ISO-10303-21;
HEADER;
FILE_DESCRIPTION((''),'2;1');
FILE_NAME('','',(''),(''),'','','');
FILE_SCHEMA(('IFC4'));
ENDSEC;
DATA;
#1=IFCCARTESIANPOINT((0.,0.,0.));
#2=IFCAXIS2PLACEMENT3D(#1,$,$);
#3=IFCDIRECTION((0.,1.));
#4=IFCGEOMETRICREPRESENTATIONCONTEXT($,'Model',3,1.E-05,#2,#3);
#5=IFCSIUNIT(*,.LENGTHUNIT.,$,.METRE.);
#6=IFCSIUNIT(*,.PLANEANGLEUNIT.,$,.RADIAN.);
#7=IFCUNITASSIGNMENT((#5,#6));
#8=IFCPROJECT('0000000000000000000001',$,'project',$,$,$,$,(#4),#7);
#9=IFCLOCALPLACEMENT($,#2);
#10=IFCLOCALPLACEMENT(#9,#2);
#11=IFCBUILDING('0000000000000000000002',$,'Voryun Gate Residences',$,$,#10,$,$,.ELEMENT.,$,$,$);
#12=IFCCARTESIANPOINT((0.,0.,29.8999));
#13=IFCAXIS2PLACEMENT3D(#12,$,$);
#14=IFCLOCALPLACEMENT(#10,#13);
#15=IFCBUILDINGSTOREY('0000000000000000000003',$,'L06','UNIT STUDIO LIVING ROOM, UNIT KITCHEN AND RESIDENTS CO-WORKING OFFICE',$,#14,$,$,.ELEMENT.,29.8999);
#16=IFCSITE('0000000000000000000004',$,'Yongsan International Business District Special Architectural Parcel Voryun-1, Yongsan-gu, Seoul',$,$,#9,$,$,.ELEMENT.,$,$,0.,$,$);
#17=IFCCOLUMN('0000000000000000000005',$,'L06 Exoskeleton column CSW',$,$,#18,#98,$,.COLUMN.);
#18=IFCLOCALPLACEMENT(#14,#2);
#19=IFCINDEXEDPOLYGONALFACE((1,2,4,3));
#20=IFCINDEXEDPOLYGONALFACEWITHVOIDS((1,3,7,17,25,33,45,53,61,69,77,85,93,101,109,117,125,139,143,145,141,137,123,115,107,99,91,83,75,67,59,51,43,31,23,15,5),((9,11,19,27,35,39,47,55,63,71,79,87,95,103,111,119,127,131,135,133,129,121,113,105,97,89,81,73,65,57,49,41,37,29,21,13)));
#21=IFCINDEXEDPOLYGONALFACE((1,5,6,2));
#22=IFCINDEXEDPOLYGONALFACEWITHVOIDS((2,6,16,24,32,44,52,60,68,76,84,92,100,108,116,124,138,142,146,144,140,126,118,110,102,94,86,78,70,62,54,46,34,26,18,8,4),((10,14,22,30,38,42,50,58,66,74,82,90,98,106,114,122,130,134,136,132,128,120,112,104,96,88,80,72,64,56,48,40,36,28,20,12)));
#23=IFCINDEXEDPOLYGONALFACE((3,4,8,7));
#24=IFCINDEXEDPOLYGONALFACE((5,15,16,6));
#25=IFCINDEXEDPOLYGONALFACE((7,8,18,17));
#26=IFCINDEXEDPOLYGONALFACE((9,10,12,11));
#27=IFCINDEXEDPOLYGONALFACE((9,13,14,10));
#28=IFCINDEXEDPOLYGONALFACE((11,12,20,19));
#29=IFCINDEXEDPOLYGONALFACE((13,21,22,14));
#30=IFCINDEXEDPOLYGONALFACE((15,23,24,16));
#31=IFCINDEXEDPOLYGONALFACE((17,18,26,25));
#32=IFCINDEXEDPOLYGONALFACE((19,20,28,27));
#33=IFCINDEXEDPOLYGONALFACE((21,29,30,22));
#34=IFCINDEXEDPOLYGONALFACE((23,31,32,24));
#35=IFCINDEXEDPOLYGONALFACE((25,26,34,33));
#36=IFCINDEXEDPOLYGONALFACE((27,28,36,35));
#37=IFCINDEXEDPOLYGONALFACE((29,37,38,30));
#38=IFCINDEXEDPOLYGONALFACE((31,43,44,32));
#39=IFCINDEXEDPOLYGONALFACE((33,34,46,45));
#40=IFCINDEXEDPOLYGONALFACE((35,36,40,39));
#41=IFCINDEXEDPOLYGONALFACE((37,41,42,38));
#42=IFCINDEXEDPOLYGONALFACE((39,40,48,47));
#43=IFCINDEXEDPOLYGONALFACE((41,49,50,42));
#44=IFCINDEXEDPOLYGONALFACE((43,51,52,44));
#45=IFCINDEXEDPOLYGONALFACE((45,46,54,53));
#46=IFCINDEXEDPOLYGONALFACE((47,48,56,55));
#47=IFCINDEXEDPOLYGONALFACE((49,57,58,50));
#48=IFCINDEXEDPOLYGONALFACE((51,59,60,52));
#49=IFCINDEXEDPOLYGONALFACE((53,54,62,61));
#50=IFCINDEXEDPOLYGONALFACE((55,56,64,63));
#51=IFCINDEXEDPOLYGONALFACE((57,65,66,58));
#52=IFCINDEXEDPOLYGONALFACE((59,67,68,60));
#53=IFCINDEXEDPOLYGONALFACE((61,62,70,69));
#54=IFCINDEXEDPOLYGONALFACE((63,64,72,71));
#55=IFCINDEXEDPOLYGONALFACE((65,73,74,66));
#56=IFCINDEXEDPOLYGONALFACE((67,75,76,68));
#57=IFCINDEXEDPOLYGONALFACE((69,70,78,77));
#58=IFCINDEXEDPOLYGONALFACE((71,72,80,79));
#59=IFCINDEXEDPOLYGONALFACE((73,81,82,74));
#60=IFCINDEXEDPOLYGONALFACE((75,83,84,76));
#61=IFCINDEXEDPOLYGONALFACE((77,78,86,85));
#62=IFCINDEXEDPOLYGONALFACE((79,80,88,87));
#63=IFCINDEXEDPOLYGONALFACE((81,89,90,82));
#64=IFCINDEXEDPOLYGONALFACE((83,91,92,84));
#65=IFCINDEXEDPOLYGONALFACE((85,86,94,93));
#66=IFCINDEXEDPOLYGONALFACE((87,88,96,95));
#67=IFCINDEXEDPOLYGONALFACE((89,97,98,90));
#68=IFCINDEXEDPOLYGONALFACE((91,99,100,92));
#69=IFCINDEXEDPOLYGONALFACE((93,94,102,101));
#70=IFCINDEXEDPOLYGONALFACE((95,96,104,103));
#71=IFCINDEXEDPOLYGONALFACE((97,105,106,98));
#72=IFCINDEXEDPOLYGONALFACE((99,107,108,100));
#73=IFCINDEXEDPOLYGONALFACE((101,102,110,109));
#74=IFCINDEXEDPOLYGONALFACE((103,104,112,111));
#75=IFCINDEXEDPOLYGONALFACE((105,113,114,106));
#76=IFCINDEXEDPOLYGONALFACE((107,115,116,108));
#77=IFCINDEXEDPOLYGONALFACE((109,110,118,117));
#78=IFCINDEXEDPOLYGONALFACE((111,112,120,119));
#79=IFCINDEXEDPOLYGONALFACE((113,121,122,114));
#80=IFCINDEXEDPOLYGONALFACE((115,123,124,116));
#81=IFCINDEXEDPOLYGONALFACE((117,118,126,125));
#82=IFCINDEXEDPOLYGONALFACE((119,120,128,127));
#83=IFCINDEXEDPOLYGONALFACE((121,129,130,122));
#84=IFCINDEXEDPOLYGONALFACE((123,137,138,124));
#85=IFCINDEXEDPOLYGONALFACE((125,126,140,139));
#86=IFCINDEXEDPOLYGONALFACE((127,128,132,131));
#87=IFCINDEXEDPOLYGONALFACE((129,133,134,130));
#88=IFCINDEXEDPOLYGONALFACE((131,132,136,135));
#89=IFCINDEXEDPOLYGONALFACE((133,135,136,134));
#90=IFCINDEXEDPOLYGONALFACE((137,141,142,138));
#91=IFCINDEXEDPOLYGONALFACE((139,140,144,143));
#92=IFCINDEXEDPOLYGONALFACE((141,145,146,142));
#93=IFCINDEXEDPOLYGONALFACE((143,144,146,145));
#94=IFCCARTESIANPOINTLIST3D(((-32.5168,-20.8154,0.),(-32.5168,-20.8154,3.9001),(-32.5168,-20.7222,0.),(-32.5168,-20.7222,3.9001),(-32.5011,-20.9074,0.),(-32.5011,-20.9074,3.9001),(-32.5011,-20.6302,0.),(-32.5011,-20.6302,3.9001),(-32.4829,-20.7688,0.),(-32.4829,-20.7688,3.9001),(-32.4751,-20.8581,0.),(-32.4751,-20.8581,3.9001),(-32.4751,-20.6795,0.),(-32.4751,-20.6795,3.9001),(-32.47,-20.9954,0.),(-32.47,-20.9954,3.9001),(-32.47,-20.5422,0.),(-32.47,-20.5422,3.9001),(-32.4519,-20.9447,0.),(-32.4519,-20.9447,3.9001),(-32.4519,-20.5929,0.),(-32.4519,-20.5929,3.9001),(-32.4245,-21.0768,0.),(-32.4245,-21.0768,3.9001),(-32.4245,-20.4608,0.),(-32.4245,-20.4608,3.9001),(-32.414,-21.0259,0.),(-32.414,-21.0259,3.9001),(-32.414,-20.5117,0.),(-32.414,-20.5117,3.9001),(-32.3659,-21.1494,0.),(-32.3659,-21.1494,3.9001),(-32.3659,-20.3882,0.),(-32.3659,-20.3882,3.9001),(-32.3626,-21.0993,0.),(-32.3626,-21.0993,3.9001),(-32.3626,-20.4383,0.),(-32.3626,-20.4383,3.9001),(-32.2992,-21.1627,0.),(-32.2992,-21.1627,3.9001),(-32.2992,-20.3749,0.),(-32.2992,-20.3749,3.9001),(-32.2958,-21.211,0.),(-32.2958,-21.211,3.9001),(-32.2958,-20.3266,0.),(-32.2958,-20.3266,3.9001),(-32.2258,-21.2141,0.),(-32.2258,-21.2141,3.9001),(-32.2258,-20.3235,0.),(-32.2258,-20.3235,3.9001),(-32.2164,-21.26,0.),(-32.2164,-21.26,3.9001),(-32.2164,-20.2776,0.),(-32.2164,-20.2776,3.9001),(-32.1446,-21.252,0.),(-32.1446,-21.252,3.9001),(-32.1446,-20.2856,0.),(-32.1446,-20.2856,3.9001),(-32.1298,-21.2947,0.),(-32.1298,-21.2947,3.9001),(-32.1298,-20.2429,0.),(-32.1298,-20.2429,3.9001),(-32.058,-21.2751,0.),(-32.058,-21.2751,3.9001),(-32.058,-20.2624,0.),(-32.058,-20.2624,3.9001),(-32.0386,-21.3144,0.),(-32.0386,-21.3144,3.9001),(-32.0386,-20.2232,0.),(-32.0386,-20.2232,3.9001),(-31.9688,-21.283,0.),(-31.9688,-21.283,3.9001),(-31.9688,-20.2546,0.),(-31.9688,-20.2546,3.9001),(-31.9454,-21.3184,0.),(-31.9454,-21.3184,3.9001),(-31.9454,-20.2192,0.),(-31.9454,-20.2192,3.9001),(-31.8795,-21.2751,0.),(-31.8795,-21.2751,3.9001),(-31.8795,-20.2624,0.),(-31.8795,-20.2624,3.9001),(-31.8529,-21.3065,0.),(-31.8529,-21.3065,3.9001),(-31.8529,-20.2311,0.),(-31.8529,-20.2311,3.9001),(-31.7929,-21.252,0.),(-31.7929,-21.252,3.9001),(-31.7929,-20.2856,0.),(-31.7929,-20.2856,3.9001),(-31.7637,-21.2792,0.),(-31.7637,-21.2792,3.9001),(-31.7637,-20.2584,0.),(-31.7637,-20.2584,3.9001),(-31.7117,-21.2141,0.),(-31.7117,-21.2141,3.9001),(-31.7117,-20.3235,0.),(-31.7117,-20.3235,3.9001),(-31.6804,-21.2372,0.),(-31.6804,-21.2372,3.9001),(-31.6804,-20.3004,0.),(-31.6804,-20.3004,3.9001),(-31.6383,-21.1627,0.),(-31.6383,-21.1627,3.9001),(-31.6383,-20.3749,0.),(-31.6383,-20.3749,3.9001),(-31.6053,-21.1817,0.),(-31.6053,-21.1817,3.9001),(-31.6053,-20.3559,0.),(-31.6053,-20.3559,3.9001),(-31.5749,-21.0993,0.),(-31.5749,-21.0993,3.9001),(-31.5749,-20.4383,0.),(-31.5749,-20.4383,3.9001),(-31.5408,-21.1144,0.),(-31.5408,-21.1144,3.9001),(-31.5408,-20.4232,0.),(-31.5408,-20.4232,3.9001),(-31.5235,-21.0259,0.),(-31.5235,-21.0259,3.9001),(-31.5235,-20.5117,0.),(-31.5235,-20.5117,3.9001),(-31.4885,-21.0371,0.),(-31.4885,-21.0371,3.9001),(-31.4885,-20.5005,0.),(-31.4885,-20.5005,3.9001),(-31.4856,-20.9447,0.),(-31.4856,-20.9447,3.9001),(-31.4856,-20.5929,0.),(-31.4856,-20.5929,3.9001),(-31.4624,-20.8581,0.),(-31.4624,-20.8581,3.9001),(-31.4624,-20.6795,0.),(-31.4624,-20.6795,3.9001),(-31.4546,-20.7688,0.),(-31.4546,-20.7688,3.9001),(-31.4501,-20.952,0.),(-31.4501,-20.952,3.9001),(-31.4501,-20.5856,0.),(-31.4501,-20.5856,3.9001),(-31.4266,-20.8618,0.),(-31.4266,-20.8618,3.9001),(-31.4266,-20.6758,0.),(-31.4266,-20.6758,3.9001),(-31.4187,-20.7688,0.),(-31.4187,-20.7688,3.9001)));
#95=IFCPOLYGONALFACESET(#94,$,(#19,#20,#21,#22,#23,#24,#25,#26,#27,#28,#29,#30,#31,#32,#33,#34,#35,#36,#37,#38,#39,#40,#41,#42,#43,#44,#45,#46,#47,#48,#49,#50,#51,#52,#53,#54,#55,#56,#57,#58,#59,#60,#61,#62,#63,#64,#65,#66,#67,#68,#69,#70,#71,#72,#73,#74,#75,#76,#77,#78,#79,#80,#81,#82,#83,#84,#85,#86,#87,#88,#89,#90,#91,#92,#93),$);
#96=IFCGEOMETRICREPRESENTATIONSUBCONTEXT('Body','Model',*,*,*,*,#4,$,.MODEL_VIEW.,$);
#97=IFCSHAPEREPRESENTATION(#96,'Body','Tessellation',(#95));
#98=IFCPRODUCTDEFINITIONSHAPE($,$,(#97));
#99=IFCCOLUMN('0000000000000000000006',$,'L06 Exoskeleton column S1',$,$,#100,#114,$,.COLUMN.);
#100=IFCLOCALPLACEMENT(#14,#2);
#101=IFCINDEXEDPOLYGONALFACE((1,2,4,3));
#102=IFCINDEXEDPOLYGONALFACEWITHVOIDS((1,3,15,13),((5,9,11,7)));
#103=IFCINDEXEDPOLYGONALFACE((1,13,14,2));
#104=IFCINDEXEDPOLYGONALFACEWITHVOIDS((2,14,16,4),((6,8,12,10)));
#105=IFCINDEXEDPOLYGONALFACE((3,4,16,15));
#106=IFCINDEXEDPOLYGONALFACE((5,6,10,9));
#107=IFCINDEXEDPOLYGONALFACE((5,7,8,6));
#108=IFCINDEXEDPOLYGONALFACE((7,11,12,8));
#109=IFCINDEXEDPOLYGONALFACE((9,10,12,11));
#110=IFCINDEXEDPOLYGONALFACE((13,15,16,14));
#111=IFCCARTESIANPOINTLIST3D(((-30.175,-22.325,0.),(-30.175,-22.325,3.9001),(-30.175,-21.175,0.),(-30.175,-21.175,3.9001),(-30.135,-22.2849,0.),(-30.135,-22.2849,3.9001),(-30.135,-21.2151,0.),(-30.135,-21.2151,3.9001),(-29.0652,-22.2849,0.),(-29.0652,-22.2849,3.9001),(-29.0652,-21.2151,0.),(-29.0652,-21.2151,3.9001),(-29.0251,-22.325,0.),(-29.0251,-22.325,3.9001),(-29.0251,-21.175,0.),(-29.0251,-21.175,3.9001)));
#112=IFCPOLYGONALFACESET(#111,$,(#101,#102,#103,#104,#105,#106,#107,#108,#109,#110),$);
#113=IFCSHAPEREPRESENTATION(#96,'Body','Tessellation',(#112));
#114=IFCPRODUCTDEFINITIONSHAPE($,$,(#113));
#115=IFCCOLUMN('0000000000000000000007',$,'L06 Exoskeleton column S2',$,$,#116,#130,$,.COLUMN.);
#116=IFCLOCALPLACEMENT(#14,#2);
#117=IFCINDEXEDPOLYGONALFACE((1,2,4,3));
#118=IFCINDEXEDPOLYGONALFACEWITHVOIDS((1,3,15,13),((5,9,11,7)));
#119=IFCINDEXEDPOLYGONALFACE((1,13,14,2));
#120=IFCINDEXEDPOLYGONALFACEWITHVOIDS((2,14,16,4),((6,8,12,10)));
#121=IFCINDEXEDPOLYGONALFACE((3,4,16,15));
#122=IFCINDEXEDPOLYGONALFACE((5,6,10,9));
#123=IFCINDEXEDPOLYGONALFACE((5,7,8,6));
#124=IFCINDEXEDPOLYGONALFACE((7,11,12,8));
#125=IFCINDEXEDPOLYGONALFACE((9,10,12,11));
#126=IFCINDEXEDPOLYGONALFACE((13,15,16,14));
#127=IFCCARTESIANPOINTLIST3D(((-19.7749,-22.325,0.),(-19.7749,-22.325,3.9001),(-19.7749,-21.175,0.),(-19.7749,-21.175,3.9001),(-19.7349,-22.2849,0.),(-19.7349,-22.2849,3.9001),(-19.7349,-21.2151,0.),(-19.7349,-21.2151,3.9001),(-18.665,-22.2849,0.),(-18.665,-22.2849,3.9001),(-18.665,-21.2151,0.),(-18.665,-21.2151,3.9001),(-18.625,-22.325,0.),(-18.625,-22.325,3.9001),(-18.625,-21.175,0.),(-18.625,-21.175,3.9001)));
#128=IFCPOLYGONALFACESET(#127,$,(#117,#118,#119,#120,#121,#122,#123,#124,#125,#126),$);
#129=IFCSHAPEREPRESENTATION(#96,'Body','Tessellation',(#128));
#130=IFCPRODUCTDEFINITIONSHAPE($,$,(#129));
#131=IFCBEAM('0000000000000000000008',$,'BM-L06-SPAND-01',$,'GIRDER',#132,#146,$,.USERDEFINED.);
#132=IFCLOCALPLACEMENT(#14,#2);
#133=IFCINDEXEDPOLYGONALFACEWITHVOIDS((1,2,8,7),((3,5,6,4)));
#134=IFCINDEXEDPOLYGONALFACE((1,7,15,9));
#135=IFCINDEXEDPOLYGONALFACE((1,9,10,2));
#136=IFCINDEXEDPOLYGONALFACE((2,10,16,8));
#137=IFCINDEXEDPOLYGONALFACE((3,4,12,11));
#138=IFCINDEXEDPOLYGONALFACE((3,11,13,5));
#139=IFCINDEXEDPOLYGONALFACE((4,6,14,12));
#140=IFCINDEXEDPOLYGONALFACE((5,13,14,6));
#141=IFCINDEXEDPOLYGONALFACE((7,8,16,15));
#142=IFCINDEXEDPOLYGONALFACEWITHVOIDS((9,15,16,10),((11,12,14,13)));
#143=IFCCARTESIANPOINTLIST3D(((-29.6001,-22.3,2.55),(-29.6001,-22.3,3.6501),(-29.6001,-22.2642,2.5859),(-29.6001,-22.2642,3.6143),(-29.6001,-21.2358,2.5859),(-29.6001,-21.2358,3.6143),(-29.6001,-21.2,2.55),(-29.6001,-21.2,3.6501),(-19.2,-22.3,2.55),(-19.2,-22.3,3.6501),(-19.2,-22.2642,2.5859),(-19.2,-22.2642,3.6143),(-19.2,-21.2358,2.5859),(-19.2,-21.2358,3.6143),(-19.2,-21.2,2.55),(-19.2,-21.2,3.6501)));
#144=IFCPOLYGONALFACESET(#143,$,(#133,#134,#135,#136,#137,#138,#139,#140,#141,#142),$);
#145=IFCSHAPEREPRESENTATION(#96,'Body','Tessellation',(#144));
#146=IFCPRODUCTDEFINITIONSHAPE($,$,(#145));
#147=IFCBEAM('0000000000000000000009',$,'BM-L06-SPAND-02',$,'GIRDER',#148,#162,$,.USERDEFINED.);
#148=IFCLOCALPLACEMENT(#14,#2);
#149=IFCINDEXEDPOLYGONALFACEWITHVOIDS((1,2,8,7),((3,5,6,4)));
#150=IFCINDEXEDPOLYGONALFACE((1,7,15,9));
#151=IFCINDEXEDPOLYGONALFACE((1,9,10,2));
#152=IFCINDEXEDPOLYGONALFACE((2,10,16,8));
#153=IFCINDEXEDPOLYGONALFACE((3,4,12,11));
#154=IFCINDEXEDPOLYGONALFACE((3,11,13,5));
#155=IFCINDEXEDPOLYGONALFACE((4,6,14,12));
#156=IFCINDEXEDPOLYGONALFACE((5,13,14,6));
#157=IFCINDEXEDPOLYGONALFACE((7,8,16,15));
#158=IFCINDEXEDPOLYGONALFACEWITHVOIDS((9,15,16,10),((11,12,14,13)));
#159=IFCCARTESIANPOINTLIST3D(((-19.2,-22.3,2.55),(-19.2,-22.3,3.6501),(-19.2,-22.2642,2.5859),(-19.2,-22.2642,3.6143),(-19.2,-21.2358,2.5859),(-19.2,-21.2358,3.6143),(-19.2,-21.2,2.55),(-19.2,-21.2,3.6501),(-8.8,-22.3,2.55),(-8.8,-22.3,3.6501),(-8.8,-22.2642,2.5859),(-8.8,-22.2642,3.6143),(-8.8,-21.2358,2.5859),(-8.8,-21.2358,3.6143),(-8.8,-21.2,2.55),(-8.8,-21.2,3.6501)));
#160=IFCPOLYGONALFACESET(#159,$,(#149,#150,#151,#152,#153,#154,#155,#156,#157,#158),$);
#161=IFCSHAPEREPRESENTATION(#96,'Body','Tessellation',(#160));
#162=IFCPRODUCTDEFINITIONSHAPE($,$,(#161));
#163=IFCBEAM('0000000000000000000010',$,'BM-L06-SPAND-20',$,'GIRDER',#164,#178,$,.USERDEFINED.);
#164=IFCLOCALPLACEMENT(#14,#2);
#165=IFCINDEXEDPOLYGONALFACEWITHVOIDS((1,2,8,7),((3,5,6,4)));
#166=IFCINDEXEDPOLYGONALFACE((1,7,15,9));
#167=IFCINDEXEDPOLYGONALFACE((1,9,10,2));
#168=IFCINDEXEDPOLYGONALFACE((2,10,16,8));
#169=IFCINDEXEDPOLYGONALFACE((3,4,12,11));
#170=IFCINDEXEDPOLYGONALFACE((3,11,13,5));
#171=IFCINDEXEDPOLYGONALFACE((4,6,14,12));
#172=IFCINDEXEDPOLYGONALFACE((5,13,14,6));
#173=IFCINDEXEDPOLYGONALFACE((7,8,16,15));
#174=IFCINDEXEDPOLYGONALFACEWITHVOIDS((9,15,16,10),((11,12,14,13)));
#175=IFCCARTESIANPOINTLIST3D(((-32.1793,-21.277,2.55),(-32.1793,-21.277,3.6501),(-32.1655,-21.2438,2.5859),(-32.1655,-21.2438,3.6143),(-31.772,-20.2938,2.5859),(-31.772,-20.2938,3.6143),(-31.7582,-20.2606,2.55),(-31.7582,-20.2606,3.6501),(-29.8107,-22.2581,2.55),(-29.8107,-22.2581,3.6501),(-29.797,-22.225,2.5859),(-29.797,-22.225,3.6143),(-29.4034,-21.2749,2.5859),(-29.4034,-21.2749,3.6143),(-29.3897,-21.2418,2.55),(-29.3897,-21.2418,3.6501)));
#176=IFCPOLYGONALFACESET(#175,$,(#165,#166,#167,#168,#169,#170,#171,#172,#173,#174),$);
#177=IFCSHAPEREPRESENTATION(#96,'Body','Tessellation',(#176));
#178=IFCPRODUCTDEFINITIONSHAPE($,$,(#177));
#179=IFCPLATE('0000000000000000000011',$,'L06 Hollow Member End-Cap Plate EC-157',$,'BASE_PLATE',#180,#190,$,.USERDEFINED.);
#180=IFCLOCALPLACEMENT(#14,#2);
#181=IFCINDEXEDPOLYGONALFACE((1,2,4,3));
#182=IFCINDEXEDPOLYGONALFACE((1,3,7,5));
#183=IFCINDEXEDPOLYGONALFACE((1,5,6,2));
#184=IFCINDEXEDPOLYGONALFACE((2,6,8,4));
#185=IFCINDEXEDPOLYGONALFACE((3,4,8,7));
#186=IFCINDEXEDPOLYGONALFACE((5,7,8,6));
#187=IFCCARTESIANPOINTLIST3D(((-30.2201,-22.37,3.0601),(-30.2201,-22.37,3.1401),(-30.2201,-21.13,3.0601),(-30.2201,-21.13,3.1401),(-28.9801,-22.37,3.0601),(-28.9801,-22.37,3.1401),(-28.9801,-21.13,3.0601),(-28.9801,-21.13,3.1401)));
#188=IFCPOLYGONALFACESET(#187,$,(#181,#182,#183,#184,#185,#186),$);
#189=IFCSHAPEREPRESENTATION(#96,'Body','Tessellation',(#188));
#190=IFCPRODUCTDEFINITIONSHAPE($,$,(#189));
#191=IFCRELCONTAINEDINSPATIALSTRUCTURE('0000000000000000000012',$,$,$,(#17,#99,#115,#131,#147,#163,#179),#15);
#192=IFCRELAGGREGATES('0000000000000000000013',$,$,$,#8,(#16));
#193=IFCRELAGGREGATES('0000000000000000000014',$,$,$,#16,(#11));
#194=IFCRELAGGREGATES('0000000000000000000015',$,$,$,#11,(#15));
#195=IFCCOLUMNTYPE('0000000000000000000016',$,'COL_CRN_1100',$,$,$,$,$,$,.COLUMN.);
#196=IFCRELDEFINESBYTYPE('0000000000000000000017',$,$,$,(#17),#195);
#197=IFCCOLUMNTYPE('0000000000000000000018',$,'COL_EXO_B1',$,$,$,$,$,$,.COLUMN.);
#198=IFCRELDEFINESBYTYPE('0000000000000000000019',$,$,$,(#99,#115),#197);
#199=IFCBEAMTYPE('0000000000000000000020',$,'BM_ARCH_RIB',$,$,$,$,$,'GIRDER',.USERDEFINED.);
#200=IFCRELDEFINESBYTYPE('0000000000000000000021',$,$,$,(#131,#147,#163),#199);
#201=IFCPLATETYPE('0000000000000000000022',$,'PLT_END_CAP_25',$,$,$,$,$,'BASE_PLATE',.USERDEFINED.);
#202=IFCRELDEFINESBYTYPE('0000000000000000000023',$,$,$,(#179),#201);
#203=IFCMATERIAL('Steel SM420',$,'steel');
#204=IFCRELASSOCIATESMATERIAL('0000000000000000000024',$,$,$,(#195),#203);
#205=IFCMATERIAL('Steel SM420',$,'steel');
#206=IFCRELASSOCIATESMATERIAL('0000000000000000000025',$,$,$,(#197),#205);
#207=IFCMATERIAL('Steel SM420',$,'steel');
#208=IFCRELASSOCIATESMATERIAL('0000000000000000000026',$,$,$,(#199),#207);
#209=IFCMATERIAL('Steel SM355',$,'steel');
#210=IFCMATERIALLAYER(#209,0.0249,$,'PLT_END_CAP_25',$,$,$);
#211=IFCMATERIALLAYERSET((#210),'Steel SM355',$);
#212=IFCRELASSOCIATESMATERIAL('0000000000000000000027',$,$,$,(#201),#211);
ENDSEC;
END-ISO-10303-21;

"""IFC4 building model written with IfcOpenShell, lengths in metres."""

from ifc_helpers import new_model, si_unit, direction, frame, origin, origin_2d, place, context, subcontext, project, spatial, rectangle, hollow_rectangle, hollow_circle, extrude, material, layer, layer_set, material_profile, profile_set, type_object, element, save


model = new_model("IFC4")

# Units and contexts
model_context = context("Model", 3, precision=1e-05, world=origin(), true_north=direction((0.0, 1.0)))
body_context = subcontext(model_context, "Body", "Model", "MODEL_VIEW")
ifc_project = project(units=[si_unit("LENGTHUNIT", "METRE"), si_unit("PLANEANGLEUNIT", "RADIAN")], contexts=[model_context])

# Site, building, storey
site_placement = place(None, origin())
site = spatial("IfcSite", under=ifc_project, at=site_placement, Name="Yongsan International Business District Special Architectural Parcel Voryun-1, Yongsan-gu, Seoul", CompositionType="ELEMENT", RefElevation=0.0)
building_placement = place(site_placement, origin())
building = spatial("IfcBuilding", under=site, at=building_placement, Name="Voryun Gate Residences", CompositionType="ELEMENT")
storey_placement = place(building_placement, frame((0.0, 0.0, 29.8999)))
storey = spatial("IfcBuildingStorey", under=building, at=storey_placement, Name="L06", Description="UNIT STUDIO LIVING ROOM, UNIT KITCHEN AND RESIDENTS CO-WORKING OFFICE", CompositionType="ELEMENT", Elevation=29.8999)

# Columns
ifc_material_1 = material(Name="Steel SM420", Category="steel")
ifc_material_profile_1 = material_profile(ifc_material_1, hollow_circle(Radius=0.55, WallThickness=0.0359, at=origin_2d()), Name="CHS-1100x36")
ifc_profile_set_1 = profile_set([ifc_material_profile_1], Name="Steel SM420")
column_type_1 = type_object("IfcColumnType", Name="COL_CRN_1100", PredefinedType="COLUMN", material=ifc_profile_set_1)
column_placement = place(storey_placement, frame((-31.9688, -20.7688, 0.0), z_axis=(0.0, 0.0, 1.0), x_axis=(1.0, 0.0, 0.0)))
element("IfcColumn", 1, at=column_placement, inside=storey, type_object=column_type_1, Name="L06 Exoskeleton column CSW", PredefinedType="COLUMN", context=body_context, shape_type="SweptSolid", body=[
    extrude(hollow_circle(Radius=0.55, WallThickness=0.0359, at=origin_2d()), origin(), (0.0, 0.0, 1.0), 3.9001),
])
ifc_material_2 = material(Name="Steel SM420", Category="steel")
ifc_material_profile_2 = material_profile(ifc_material_2, hollow_rectangle(XDim=1.1499, YDim=1.1499, WallThickness=0.04, at=origin_2d()), Name="BOX-1150x1150x40")
ifc_profile_set_2 = profile_set([ifc_material_profile_2], Name="Steel SM420")
column_type_2 = type_object("IfcColumnType", Name="COL_EXO_B1", PredefinedType="COLUMN", material=ifc_profile_set_2)
for number, where, z_axis, x_axis, name in (
    (2, (-29.6001, -21.75, 0.0), (0.0, 0.0, 1.0), (1.0, 0.0, 0.0), "L06 Exoskeleton column S1"),
    (3, (-19.2, -21.75, 0.0), (0.0, 0.0, 1.0), (1.0, 0.0, 0.0), "L06 Exoskeleton column S2"),
):
    element("IfcColumn", number, at=place(storey_placement, frame(where, z_axis=z_axis, x_axis=x_axis)), inside=storey, type_object=column_type_2, Name=name, PredefinedType="COLUMN", context=body_context, shape_type="SweptSolid", body=[
        extrude(hollow_rectangle(XDim=1.1499, YDim=1.1499, WallThickness=0.04, at=origin_2d()), origin(), (0.0, 0.0, 1.0), 3.9001),
    ])

# Beams
ifc_material_3 = material(Name="Steel SM420", Category="steel")
ifc_material_profile_3 = material_profile(ifc_material_3, hollow_rectangle(XDim=1.1001, YDim=1.1001, WallThickness=0.0359, at=origin_2d()), Name="BOX-1100x1100x36")
ifc_profile_set_3 = profile_set([ifc_material_profile_3], Name="Steel SM420")
beam_type = type_object("IfcBeamType", Name="BM_ARCH_RIB", ElementType="GIRDER", PredefinedType="USERDEFINED", material=ifc_profile_set_3)
beam_1_placement = place(storey_placement, frame((-29.6001, -21.75, 3.1001), z_axis=(1.0, 0.0, 0.0), x_axis=(0.0, 1.0, 0.0)))
element("IfcBeam", 4, at=beam_1_placement, inside=storey, type_object=beam_type, Name="BM-L06-SPAND-01", ObjectType="GIRDER", PredefinedType="USERDEFINED", context=body_context, shape_type="SweptSolid", body=[
    extrude(hollow_rectangle(XDim=1.1001, YDim=1.1001, WallThickness=0.0359, at=origin_2d()), origin(), (0.0, 0.0, 1.0), 10.4001),
])
beam_2_placement = place(storey_placement, frame((-19.2, -21.75, 3.1001), z_axis=(1.0, 0.0, 0.0), x_axis=(0.0, 1.0, 0.0)))
element("IfcBeam", 5, at=beam_2_placement, inside=storey, type_object=beam_type, Name="BM-L06-SPAND-02", ObjectType="GIRDER", PredefinedType="USERDEFINED", context=body_context, shape_type="SweptSolid", body=[
    extrude(hollow_rectangle(XDim=1.1001, YDim=1.1001, WallThickness=0.0359, at=origin_2d()), origin(), (0.0, 0.0, 1.0), 10.3999),
])
beam_3_placement = place(storey_placement, frame((-31.9688, -20.7688, 3.1001), z_axis=(0.923869, -0.382708, 0.0), x_axis=(0.382708, 0.923869, 0.0)))
element("IfcBeam", 6, at=beam_3_placement, inside=storey, type_object=beam_type, Name="BM-L06-SPAND-20", ObjectType="GIRDER", PredefinedType="USERDEFINED", context=body_context, shape_type="SweptSolid", body=[
    extrude(hollow_rectangle(XDim=1.1001, YDim=1.1001, WallThickness=0.0359, at=origin_2d()), origin(), (0.0, 0.0, 1.0), 2.5637),
])

# Plate
ifc_material_4 = material(Name="Steel SM355", Category="steel")
ifc_layer_1 = layer(ifc_material_4, 0.0249, Name="PLT_END_CAP_25")
ifc_layer_set_1 = layer_set([ifc_layer_1], Name="Steel SM355")
plate_type = type_object("IfcPlateType", Name="PLT_END_CAP_25", ElementType="BASE_PLATE", PredefinedType="USERDEFINED", material=ifc_layer_set_1)
for number, where, z_axis, x_axis, name in (
    (7, (-29.6001, -21.75, 3.0601), (0.0, 0.0, 1.0), (1.0, 0.0, 0.0), "L06 Hollow Member End-Cap Plate EC-157"),
):
    element("IfcPlate", number, at=place(storey_placement, frame(where, z_axis=z_axis, x_axis=x_axis)), inside=storey, type_object=plate_type, Name=name, ObjectType="BASE_PLATE", PredefinedType="USERDEFINED", context=body_context, shape_type="SweptSolid", body=[
        extrude(rectangle(XDim=1.24, YDim=1.24, at=origin_2d()), origin(), (0.0, 0.0, 1.0), 0.0801),
    ])

save(model, "model.ifc")
